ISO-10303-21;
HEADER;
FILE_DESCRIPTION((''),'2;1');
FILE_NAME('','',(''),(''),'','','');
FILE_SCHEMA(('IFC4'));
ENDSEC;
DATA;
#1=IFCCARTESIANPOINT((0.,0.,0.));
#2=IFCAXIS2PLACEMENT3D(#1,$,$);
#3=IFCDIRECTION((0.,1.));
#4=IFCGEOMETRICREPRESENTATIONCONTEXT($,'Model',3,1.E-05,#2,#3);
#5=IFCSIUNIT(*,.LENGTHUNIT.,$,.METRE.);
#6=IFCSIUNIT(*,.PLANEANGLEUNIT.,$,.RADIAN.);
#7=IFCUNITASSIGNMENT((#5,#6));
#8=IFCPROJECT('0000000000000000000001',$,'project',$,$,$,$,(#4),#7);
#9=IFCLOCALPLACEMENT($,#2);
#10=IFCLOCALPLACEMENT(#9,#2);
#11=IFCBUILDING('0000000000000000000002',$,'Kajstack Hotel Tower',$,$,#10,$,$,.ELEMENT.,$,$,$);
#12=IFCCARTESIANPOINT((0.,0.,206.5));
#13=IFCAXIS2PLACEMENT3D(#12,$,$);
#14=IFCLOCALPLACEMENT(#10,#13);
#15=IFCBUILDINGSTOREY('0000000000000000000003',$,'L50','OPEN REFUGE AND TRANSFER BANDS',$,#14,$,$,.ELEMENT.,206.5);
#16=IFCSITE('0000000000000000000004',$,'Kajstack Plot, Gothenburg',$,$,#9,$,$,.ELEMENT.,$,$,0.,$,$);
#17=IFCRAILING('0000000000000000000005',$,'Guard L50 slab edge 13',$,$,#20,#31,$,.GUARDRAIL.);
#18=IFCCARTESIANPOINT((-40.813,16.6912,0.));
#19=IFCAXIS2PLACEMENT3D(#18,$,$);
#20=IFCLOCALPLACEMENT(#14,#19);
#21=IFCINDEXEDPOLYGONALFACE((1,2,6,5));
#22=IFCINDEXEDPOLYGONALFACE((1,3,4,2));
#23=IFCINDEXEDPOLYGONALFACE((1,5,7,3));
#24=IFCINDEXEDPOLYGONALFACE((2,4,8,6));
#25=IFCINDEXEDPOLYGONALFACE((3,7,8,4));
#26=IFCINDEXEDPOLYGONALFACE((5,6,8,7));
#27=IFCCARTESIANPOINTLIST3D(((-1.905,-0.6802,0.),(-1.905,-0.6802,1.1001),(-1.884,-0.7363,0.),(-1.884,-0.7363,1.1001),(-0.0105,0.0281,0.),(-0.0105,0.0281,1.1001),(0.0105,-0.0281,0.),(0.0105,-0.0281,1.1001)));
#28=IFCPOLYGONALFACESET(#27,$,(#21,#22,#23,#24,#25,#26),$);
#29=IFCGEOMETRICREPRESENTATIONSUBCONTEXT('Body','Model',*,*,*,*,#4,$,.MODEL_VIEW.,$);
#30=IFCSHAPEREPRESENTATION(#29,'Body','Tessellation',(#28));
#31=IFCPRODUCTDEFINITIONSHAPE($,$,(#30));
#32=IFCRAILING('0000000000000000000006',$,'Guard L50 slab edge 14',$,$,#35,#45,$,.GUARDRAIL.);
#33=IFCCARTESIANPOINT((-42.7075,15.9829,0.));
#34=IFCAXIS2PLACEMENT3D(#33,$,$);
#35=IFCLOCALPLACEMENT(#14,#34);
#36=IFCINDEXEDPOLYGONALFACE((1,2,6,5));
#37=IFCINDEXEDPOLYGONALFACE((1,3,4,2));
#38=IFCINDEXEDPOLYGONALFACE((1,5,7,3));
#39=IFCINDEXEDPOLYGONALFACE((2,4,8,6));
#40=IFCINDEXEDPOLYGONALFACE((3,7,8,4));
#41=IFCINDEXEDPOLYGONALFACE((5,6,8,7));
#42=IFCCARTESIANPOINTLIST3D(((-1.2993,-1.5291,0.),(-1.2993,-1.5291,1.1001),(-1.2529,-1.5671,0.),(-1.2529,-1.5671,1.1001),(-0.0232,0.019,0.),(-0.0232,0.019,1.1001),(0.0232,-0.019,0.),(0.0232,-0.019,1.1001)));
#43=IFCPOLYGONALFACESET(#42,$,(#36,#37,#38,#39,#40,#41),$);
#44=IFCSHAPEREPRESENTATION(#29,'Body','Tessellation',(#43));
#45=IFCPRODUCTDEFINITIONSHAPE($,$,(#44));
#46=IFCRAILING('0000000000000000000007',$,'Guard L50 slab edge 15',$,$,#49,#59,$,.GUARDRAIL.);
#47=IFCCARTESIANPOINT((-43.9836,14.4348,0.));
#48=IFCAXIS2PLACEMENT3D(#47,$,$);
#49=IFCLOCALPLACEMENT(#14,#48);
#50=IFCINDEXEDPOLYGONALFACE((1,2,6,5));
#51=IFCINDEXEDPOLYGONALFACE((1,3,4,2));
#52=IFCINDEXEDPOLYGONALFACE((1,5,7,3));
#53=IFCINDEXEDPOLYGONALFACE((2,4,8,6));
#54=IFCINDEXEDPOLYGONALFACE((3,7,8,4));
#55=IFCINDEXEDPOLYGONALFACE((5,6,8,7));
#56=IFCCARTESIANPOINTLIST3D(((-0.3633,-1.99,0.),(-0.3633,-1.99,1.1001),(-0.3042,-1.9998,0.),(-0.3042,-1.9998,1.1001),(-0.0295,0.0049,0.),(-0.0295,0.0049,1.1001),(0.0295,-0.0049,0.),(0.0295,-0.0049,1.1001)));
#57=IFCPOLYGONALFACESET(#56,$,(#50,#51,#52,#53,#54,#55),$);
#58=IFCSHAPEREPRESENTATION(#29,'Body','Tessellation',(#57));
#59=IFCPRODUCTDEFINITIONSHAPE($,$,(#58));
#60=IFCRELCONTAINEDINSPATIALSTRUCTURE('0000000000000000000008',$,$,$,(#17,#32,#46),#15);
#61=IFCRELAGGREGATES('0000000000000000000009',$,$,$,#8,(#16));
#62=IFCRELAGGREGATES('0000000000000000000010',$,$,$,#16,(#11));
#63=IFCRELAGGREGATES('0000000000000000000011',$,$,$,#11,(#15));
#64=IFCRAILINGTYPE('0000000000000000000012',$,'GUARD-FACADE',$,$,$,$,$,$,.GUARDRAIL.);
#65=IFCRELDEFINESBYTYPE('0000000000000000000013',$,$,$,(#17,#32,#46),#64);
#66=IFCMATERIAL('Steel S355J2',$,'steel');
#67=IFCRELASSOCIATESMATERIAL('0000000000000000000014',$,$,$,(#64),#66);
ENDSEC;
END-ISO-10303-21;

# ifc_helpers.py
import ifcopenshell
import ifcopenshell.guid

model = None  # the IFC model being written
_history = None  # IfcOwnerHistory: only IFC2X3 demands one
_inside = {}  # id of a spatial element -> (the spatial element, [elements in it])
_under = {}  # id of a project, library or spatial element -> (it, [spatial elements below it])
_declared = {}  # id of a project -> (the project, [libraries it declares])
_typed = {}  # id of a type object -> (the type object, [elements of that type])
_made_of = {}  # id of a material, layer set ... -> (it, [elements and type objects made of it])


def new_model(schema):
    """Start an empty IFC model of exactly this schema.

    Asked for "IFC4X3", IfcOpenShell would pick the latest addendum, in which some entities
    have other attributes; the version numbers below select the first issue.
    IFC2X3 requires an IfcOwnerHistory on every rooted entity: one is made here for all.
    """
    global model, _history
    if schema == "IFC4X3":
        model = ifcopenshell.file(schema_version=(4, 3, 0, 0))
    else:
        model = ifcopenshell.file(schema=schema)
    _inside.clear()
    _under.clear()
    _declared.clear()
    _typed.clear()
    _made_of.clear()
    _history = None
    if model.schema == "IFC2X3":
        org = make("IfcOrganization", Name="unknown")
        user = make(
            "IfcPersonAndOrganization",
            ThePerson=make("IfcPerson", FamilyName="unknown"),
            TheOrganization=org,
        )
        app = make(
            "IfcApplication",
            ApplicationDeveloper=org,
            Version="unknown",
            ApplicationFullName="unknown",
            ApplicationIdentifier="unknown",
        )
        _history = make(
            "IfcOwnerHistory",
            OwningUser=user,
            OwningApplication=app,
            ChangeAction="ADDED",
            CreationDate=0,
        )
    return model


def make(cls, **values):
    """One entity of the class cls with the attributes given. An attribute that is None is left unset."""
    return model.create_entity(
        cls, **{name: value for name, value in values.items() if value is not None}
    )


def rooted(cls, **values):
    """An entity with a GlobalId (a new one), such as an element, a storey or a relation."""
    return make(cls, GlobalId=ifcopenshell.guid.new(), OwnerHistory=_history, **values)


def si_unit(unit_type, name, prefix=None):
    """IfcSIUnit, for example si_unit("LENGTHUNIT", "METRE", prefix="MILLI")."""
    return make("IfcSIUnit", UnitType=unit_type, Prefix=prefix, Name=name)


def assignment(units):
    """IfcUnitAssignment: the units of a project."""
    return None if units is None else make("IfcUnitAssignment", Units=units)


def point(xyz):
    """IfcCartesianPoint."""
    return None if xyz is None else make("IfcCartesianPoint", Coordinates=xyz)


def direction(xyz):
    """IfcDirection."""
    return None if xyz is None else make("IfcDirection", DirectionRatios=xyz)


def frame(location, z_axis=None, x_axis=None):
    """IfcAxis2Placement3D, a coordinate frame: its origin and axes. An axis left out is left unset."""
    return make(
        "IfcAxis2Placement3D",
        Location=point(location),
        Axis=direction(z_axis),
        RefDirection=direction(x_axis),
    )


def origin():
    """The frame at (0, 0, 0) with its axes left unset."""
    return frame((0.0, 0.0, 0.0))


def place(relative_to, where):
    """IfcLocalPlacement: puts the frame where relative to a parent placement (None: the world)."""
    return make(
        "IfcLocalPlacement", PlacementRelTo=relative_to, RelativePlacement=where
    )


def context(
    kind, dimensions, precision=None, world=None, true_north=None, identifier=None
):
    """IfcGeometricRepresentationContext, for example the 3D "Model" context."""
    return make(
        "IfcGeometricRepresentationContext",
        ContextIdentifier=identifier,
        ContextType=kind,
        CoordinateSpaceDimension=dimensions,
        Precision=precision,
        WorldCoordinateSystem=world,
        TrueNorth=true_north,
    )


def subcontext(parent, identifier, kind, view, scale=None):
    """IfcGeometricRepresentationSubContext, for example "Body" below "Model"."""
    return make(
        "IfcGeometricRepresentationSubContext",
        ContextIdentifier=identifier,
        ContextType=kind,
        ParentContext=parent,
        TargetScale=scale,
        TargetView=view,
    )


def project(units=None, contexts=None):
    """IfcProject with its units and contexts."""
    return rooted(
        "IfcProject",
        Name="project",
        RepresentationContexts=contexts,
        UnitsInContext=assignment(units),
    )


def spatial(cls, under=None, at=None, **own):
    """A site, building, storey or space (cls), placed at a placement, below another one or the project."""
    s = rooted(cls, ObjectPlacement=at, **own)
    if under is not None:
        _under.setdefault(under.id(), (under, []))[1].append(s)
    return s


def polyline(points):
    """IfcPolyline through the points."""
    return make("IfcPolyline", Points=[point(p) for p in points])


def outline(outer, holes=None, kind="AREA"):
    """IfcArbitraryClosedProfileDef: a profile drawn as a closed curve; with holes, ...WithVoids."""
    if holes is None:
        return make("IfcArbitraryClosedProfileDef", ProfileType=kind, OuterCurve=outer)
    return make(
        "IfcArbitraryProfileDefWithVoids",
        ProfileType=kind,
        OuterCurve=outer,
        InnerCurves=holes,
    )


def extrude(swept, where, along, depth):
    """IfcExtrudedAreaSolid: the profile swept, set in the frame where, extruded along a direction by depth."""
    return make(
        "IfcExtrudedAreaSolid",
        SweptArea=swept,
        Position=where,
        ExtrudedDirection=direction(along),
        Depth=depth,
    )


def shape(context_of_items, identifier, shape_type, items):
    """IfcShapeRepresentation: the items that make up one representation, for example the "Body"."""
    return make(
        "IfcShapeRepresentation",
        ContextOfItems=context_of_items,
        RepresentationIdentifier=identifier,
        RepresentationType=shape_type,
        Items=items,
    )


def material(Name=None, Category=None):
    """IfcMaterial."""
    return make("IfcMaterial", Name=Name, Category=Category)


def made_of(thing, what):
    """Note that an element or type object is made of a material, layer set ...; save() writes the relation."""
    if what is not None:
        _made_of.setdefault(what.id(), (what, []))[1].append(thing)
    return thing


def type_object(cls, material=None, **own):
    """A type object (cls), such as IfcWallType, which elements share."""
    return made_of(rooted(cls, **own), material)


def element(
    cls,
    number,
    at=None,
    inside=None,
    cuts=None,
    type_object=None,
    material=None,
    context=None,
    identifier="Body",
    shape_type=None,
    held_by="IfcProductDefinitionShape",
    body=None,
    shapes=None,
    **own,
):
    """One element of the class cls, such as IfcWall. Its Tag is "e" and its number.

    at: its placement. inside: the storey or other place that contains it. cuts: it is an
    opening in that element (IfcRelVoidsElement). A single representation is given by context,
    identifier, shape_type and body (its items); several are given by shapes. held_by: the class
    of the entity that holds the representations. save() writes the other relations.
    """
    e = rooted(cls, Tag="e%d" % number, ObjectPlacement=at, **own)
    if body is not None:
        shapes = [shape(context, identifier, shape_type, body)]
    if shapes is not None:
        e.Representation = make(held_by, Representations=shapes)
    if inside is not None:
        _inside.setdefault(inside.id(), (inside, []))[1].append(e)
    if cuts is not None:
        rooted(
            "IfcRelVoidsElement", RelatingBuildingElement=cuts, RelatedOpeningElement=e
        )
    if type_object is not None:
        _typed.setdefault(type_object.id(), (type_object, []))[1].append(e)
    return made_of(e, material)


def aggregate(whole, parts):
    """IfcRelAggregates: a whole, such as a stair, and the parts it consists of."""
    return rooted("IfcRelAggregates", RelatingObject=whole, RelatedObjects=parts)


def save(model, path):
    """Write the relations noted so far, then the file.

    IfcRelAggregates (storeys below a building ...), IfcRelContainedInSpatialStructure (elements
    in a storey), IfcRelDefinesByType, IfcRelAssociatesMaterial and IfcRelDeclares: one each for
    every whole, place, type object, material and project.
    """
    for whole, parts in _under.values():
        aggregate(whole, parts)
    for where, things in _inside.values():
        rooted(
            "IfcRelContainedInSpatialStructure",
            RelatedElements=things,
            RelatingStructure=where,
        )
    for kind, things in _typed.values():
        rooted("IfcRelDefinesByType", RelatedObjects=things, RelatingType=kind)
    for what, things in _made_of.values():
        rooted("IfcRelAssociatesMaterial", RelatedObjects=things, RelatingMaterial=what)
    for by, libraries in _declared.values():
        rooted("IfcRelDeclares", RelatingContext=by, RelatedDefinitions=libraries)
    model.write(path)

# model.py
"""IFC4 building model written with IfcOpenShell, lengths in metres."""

from ifc_helpers import new_model, si_unit, direction, frame, origin, place, context, subcontext, project, spatial, polyline, outline, extrude, material, type_object, element, save


model = new_model("IFC4")

# Units and contexts
model_context = context("Model", 3, precision=1e-05, world=origin(), true_north=direction((0.0, 1.0)))
body_context = subcontext(model_context, "Body", "Model", "MODEL_VIEW")
ifc_project = project(units=[si_unit("LENGTHUNIT", "METRE"), si_unit("PLANEANGLEUNIT", "RADIAN")], contexts=[model_context])

# Site, building, storey
site_placement = place(None, origin())
site = spatial("IfcSite", under=ifc_project, at=site_placement, Name="Kajstack Plot, Gothenburg", CompositionType="ELEMENT", RefElevation=0.0)
building_placement = place(site_placement, origin())
building = spatial("IfcBuilding", under=site, at=building_placement, Name="Kajstack Hotel Tower", CompositionType="ELEMENT")
storey_placement = place(building_placement, frame((0.0, 0.0, 206.5)))
storey = spatial("IfcBuildingStorey", under=building, at=storey_placement, Name="L50", Description="OPEN REFUGE AND TRANSFER BANDS", CompositionType="ELEMENT", Elevation=206.5)

# Shared definitions
ifc_material = material(Name="Steel S355J2", Category="steel")

# Railings
railing_type = type_object("IfcRailingType", Name="GUARD-FACADE", PredefinedType="GUARDRAIL", material=ifc_material)
railing_1_placement = place(storey_placement, frame((-40.813, 16.6912, 0.0)))
element("IfcRailing", 1, at=railing_1_placement, inside=storey, type_object=railing_type, Name="Guard L50 slab edge 13", PredefinedType="GUARDRAIL", context=body_context, shape_type="SweptSolid", body=[
    extrude(outline(polyline([(-1.884, -0.7363), (-1.905, -0.6802), (-0.0105, 0.0281), (0.0105, -0.0281), (-1.884, -0.7363)])), origin(), (0.0, 0.0, 1.0), 1.1001),
])
railing_2_placement = place(storey_placement, frame((-42.7075, 15.9829, 0.0)))
element("IfcRailing", 2, at=railing_2_placement, inside=storey, type_object=railing_type, Name="Guard L50 slab edge 14", PredefinedType="GUARDRAIL", context=body_context, shape_type="SweptSolid", body=[
    extrude(outline(polyline([(-1.2529, -1.5671), (-1.2993, -1.5291), (-0.0232, 0.019), (0.0232, -0.019), (-1.2529, -1.5671)])), origin(), (0.0, 0.0, 1.0), 1.1001),
])
railing_3_placement = place(storey_placement, frame((-43.9836, 14.4348, 0.0)))
element("IfcRailing", 3, at=railing_3_placement, inside=storey, type_object=railing_type, Name="Guard L50 slab edge 15", PredefinedType="GUARDRAIL", context=body_context, shape_type="SweptSolid", body=[
    extrude(outline(polyline([(-0.3042, -1.9998), (-0.3633, -1.99), (-0.0295, 0.0049), (0.0295, -0.0049), (-0.3042, -1.9998)])), origin(), (0.0, 0.0, 1.0), 1.1001),
])

save(model, "model.ifc")
